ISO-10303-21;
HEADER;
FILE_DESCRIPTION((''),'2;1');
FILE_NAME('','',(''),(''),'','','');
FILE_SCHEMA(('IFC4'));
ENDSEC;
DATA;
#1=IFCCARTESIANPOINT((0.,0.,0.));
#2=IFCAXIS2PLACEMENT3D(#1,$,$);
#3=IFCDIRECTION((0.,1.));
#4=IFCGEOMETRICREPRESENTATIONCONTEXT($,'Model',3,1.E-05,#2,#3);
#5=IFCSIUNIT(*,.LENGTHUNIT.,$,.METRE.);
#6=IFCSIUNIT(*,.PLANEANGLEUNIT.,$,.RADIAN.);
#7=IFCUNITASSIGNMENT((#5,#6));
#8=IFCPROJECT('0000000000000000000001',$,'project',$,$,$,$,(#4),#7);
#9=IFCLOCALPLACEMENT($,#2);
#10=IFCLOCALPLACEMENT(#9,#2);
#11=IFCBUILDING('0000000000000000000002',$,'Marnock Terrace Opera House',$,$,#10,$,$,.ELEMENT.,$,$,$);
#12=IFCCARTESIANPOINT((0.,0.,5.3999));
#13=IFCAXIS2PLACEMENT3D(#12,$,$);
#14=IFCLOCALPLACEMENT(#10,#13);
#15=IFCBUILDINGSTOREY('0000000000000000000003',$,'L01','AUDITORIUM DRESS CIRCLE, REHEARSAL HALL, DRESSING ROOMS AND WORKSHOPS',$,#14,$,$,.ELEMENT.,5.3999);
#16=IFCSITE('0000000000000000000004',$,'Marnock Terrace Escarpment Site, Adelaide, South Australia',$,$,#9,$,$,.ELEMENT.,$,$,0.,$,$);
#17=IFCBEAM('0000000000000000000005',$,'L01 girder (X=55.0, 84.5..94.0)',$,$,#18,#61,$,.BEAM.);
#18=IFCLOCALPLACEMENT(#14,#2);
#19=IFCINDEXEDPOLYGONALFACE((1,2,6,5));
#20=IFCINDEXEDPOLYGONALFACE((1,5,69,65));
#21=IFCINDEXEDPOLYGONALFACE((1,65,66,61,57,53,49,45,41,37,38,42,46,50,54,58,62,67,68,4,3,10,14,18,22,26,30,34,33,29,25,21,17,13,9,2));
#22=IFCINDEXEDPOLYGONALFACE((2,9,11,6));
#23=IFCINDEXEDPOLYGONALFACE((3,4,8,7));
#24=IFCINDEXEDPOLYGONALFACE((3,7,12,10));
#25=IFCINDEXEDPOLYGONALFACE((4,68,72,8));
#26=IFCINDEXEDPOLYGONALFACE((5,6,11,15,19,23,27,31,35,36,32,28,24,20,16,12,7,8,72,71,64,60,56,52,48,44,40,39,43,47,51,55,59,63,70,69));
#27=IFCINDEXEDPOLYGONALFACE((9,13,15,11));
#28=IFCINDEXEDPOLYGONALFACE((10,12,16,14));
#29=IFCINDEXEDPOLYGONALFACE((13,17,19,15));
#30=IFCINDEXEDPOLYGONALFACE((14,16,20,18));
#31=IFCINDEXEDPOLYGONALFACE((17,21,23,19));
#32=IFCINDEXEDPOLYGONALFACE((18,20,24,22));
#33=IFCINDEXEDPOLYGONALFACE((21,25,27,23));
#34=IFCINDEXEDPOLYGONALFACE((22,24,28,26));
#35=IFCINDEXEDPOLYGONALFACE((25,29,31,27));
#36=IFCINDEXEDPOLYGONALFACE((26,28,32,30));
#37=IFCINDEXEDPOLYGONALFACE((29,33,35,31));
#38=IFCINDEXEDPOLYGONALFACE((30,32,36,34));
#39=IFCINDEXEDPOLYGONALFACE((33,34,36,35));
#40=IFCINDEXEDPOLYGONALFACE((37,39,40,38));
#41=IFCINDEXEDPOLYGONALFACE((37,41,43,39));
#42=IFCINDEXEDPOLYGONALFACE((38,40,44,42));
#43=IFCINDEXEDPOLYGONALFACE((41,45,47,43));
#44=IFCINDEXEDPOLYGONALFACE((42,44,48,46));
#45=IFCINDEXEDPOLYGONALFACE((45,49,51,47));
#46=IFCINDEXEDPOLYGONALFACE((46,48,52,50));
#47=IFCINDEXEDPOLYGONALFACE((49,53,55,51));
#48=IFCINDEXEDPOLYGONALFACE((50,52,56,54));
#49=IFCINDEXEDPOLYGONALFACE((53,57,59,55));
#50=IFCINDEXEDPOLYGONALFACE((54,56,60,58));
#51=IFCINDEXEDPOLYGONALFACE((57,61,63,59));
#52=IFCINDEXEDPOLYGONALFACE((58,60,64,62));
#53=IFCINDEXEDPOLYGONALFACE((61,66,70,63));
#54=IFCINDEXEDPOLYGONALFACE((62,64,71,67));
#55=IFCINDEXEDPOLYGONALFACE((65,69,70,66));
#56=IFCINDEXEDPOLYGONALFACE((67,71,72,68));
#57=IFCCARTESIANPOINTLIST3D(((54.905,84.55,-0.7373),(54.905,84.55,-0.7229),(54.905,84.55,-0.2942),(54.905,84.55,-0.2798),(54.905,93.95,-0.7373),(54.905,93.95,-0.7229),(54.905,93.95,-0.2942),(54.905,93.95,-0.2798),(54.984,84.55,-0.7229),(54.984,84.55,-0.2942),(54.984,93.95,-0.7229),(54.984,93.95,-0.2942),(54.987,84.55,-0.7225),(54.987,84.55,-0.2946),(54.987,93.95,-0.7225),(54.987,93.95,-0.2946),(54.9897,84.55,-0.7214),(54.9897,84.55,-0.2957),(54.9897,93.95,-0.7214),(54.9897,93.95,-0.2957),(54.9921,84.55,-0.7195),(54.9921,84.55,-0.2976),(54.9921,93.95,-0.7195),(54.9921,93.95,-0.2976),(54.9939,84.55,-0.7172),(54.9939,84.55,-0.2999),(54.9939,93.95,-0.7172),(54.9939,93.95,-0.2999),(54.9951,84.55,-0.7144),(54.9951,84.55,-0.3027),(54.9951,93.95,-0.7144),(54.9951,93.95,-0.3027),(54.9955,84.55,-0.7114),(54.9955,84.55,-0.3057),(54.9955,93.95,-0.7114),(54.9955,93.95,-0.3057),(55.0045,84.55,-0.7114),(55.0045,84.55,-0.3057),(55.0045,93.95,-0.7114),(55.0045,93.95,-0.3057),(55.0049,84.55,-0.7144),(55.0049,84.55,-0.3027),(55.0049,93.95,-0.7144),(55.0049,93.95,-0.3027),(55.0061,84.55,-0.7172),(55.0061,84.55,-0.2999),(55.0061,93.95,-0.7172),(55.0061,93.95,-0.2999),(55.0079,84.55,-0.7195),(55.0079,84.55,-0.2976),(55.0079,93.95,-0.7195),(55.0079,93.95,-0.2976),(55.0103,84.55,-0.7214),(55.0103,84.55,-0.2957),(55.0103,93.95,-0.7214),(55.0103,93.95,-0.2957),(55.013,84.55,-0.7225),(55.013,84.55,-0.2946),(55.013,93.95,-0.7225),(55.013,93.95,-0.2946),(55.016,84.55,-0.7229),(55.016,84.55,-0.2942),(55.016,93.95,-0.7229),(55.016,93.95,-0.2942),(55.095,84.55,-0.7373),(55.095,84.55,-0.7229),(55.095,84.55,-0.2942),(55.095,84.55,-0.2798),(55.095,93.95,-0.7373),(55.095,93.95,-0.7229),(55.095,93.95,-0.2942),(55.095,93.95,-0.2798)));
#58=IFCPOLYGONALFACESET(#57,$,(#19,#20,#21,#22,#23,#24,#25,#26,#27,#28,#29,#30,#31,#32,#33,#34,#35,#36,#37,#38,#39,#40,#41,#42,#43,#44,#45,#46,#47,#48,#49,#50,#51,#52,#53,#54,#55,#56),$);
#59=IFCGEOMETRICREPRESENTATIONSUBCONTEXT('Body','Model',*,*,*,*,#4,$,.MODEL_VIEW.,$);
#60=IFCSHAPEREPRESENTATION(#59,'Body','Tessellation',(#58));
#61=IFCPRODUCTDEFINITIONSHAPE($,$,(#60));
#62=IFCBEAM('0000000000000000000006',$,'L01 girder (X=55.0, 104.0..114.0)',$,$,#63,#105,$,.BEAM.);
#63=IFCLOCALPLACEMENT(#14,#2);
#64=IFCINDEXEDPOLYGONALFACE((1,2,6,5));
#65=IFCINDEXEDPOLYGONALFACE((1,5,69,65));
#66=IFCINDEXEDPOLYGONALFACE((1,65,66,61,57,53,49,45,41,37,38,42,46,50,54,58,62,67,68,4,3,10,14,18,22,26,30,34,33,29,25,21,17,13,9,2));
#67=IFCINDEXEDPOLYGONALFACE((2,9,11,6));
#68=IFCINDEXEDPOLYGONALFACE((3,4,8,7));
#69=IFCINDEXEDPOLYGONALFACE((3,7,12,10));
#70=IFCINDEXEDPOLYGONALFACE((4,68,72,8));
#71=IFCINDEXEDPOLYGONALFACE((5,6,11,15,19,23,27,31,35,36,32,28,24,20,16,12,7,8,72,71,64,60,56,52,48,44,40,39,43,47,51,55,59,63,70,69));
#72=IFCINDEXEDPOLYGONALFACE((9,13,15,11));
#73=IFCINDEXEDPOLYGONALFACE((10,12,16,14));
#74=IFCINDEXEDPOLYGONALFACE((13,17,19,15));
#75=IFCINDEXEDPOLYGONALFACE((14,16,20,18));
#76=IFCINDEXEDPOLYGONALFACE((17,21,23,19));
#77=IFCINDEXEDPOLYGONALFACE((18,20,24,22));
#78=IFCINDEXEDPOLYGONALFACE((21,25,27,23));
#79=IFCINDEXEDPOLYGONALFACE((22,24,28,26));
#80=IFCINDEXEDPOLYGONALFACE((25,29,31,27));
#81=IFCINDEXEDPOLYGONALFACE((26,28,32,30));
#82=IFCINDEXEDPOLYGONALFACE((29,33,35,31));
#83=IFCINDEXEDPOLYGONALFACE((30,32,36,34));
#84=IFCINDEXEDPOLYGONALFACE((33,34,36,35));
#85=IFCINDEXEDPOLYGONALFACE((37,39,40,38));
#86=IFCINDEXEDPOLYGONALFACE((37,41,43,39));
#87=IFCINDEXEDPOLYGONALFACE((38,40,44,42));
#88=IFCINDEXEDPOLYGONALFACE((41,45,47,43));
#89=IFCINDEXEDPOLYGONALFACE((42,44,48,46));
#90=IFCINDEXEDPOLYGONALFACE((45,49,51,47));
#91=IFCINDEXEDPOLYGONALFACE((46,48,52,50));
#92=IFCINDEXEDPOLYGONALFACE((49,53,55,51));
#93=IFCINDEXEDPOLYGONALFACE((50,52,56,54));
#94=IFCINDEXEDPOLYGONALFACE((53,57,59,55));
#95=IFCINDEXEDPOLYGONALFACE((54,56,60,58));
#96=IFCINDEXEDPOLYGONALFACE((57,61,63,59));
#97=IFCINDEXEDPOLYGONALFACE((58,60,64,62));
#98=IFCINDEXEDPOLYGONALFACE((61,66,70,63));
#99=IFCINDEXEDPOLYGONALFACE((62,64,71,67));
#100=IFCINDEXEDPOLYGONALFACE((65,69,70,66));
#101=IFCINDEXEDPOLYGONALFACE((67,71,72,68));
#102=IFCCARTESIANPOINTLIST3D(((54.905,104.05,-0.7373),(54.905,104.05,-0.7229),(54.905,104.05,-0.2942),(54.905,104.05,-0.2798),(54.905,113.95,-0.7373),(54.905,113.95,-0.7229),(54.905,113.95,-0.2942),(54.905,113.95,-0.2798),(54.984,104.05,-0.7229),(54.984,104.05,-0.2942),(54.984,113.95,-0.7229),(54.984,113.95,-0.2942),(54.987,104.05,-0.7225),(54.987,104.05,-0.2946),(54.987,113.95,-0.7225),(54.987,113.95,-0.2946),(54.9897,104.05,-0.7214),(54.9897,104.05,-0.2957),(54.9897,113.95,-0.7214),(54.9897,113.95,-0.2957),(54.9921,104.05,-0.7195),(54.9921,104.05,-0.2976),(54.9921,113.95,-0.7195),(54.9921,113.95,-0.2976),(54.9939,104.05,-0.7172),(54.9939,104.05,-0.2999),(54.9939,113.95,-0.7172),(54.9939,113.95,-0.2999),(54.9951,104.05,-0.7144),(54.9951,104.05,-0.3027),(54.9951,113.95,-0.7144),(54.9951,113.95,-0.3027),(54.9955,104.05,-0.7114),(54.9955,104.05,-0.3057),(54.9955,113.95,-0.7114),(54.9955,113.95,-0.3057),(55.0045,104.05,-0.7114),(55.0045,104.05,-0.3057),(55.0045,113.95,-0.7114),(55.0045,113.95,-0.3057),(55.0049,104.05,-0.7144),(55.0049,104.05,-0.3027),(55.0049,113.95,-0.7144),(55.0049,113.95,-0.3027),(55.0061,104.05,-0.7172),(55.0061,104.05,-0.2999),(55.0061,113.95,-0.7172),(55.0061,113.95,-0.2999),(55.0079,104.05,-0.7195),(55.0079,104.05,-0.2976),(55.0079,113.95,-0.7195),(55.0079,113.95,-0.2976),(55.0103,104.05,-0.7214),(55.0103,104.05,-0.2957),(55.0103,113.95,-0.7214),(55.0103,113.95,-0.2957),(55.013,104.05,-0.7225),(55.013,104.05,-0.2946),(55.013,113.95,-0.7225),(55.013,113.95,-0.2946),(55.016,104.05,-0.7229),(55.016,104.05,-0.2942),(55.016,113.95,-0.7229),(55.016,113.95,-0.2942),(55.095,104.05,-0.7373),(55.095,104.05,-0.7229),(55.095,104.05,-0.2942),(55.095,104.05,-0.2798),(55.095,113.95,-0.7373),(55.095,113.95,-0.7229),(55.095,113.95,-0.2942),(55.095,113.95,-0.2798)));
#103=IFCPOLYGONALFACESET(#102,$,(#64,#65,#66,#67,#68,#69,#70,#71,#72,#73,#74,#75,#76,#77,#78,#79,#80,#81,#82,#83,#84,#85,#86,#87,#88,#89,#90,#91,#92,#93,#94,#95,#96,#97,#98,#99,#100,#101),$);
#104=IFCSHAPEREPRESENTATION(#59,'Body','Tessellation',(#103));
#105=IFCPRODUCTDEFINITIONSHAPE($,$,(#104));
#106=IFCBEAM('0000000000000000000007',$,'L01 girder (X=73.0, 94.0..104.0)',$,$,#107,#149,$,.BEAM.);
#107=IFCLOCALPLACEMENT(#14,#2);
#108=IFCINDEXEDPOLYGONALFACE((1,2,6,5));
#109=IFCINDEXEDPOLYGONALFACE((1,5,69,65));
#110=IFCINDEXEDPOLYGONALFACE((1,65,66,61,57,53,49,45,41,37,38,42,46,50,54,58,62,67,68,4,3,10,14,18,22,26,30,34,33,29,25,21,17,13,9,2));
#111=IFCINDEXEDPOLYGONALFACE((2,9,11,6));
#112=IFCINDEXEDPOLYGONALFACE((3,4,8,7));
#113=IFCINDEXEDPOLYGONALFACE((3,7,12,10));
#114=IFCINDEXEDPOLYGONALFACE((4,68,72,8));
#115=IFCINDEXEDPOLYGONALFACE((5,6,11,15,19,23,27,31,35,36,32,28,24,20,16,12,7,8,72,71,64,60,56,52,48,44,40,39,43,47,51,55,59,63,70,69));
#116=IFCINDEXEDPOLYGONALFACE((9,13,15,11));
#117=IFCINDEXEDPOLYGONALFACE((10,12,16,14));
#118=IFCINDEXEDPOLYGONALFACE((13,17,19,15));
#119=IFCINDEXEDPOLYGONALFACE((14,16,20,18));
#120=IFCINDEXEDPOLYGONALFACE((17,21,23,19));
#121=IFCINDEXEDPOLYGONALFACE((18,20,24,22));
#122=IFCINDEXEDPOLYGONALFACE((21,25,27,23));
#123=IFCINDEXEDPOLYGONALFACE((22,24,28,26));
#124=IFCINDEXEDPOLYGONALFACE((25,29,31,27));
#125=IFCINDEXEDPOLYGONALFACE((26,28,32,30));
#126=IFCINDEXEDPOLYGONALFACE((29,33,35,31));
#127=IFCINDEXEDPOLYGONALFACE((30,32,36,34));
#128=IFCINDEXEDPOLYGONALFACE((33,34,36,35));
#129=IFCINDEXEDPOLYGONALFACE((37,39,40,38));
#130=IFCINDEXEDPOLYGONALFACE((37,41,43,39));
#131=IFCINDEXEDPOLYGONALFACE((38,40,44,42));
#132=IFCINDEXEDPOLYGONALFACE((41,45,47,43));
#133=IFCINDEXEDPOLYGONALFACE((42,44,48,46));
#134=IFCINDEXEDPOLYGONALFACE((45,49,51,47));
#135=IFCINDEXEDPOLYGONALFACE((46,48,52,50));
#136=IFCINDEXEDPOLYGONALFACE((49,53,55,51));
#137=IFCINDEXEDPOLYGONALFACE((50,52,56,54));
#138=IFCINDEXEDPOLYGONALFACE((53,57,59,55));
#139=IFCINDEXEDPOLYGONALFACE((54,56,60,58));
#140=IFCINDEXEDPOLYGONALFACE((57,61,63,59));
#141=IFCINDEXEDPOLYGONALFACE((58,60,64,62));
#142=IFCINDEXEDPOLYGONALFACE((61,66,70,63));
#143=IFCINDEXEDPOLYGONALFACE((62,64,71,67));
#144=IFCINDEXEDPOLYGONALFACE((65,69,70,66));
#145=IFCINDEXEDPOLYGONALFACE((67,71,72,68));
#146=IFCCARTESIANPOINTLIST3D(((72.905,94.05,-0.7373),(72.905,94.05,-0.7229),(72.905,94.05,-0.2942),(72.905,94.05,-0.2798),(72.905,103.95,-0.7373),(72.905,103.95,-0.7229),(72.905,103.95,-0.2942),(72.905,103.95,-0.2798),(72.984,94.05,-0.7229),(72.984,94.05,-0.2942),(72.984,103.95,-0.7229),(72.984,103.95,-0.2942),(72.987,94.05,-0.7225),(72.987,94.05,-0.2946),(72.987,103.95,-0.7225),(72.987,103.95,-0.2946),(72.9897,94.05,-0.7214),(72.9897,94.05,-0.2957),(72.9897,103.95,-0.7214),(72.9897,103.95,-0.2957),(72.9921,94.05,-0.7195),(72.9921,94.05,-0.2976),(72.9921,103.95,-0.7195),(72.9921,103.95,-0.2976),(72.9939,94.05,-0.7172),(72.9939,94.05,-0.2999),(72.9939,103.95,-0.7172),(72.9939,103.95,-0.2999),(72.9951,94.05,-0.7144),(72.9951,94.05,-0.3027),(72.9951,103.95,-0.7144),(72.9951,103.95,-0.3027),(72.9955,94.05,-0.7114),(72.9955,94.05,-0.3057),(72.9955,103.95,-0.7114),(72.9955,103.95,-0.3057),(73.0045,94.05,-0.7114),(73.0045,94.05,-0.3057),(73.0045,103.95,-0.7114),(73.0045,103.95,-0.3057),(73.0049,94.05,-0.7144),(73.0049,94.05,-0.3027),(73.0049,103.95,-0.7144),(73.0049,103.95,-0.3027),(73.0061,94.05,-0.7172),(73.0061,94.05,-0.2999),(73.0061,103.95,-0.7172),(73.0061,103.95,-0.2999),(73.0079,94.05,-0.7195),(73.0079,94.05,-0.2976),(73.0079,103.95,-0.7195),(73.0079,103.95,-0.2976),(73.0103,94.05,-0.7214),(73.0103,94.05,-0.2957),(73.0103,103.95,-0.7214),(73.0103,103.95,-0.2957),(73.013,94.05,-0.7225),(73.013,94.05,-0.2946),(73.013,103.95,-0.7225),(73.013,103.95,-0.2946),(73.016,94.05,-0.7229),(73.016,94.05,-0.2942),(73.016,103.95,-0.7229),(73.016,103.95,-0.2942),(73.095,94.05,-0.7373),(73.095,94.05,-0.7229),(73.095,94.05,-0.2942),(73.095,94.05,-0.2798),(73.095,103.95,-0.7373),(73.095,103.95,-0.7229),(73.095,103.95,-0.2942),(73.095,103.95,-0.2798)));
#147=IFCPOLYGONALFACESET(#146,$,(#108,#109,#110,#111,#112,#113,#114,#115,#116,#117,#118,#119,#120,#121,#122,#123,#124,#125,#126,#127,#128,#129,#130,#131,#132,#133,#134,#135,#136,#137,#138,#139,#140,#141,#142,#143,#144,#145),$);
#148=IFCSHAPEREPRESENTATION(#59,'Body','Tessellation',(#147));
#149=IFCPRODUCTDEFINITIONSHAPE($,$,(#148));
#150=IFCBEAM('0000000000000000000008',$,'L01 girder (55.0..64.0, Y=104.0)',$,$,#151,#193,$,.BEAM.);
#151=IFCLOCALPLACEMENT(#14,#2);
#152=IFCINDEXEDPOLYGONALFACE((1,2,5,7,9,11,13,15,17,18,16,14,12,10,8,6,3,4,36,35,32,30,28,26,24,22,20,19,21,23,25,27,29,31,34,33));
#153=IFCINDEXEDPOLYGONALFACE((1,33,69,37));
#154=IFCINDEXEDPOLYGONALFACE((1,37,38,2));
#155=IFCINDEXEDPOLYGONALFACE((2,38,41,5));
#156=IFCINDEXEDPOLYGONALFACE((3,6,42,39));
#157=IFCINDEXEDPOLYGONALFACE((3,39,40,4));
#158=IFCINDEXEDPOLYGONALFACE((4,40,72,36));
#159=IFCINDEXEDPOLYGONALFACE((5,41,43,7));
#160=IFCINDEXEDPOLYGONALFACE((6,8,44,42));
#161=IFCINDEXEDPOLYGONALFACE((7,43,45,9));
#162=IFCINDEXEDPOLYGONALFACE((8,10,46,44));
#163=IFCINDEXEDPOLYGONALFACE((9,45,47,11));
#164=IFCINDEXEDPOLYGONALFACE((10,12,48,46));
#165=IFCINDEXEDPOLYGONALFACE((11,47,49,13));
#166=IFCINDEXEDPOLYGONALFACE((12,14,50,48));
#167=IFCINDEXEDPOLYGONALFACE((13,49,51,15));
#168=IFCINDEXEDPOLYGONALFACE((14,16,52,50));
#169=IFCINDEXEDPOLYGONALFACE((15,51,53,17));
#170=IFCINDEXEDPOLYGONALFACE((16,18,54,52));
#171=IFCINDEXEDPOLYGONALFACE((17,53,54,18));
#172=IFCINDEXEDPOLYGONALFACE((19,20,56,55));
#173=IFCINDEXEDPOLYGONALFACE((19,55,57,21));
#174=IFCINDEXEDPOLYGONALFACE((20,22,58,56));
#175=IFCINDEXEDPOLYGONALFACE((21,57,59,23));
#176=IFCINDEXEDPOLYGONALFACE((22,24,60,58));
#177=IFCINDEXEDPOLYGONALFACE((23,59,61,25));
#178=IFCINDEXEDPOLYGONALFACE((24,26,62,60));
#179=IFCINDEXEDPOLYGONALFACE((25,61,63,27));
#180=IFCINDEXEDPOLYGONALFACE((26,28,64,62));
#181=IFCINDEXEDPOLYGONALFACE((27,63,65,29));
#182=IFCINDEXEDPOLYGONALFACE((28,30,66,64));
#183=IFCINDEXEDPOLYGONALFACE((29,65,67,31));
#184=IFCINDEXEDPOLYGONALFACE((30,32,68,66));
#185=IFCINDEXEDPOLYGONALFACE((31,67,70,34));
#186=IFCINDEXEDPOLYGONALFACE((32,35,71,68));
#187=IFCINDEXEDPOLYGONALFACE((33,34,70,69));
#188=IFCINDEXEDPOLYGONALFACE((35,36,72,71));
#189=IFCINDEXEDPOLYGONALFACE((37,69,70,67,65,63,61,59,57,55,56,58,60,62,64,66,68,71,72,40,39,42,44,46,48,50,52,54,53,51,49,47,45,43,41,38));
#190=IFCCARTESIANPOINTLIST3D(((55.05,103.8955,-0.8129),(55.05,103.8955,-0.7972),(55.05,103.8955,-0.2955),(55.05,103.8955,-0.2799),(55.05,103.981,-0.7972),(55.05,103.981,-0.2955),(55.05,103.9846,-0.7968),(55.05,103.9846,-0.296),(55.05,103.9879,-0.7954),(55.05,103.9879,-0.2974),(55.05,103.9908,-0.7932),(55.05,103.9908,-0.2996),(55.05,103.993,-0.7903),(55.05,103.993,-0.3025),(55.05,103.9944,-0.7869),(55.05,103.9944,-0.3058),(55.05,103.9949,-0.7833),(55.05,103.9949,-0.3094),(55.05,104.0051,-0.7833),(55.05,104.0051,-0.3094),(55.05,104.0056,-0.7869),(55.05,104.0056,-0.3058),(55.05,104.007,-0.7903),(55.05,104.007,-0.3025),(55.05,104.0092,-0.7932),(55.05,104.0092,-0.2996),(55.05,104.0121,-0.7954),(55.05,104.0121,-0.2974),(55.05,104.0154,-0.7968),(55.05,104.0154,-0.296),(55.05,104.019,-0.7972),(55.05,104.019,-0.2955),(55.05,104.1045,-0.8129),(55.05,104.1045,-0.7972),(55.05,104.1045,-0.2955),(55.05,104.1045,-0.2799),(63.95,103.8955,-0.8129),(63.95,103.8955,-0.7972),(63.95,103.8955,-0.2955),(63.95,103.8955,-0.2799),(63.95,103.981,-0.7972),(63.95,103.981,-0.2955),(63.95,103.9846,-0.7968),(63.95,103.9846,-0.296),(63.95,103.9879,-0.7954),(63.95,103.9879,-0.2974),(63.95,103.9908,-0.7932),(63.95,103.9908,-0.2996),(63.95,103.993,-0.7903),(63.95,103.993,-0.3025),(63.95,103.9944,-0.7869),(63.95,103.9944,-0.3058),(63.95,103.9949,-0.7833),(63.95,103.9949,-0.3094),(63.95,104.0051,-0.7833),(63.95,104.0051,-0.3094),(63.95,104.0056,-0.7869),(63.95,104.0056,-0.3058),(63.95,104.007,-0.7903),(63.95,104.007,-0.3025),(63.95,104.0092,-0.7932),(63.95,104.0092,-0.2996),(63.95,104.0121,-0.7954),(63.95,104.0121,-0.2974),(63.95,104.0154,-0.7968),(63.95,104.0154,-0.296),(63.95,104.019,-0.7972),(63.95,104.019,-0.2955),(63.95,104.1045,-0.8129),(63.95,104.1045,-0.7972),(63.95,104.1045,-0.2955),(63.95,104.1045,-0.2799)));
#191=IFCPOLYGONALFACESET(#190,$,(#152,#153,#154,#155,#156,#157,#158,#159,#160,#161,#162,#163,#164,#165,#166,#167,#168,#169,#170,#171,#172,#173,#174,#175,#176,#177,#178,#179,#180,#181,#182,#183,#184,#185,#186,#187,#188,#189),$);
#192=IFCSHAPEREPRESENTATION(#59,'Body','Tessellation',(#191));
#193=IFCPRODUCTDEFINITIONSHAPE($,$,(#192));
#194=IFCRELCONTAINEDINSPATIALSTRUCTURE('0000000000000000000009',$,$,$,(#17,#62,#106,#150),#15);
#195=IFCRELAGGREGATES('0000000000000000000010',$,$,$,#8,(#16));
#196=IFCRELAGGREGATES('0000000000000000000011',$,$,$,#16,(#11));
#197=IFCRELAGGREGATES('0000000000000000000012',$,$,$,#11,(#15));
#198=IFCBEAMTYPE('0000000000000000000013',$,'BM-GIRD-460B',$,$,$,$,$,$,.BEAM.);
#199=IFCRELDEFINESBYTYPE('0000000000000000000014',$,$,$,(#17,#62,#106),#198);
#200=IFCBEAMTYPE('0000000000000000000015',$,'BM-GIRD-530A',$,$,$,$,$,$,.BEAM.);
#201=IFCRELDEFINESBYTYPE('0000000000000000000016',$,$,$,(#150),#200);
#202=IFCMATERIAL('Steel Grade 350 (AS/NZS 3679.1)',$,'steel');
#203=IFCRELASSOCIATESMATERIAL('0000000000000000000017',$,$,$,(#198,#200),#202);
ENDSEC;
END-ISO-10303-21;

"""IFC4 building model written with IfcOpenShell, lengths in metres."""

from ifc_helpers import new_model, si_unit, direction, frame, origin, origin_2d, place, context, subcontext, project, spatial, i_section, extrude, material, material_profile, profile_set, type_object, element, save


model = new_model("IFC4")

# Units and contexts
model_context = context("Model", 3, precision=1e-05, world=origin(), true_north=direction((0.0, 1.0)))
body_context = subcontext(model_context, "Body", "Model", "MODEL_VIEW")
ifc_project = project(units=[si_unit("LENGTHUNIT", "METRE"), si_unit("PLANEANGLEUNIT", "RADIAN")], contexts=[model_context])

# Site, building, storey
site_placement = place(None, origin())
site = spatial("IfcSite", under=ifc_project, at=site_placement, Name="Marnock Terrace Escarpment Site, Adelaide, South Australia", CompositionType="ELEMENT", RefElevation=0.0)
building_placement = place(site_placement, origin())
building = spatial("IfcBuilding", under=site, at=building_placement, Name="Marnock Terrace Opera House", CompositionType="ELEMENT")
storey_placement = place(building_placement, frame((0.0, 0.0, 5.3999)))
storey = spatial("IfcBuildingStorey", under=building, at=storey_placement, Name="L01", Description="AUDITORIUM DRESS CIRCLE, REHEARSAL HALL, DRESSING ROOMS AND WORKSHOPS", CompositionType="ELEMENT", Elevation=5.3999)

# Beams
ifc_material_1 = material(Name="Steel Grade 350 (AS/NZS 3679.1)", Category="steel")
ifc_material_profile_1 = material_profile(ifc_material_1, i_section(OverallWidth=0.1899, OverallDepth=0.4575, WebThickness=0.009, FlangeThickness=0.0144, FilletRadius=0.0115, at=origin_2d()))
ifc_profile_set_1 = profile_set([ifc_material_profile_1], Name="Steel Grade 350 (AS/NZS 3679.1)")
beam_type_1 = type_object("IfcBeamType", Name="BM-GIRD-460B", PredefinedType="BEAM", material=ifc_profile_set_1)
beam_1_placement = place(storey_placement, frame((55.0, 84.55, -0.5085), z_axis=(0.0, 1.0, 0.0), x_axis=(-1.0, 0.0, 0.0)))
element("IfcBeam", 1, at=beam_1_placement, inside=storey, type_object=beam_type_1, Name="L01 girder (X=55.0, 84.5..94.0)", PredefinedType="BEAM", context=body_context, shape_type="SweptSolid", body=[
    extrude(i_section(OverallWidth=0.1899, OverallDepth=0.4575, WebThickness=0.009, FlangeThickness=0.0144, FilletRadius=0.0115, at=origin_2d()), origin(), (0.0, 0.0, 1.0), 9.3999),
])
for number, where, z_axis, x_axis, name in (
    (2, (55.0, 104.05, -0.5085), (0.0, 1.0, 0.0), (-1.0, 0.0, 0.0), "L01 girder (X=55.0, 104.0..114.0)"),
    (3, (73.0, 94.05, -0.5085), (0.0, 1.0, 0.0), (-1.0, 0.0, 0.0), "L01 girder (X=73.0, 94.0..104.0)"),
):
    element("IfcBeam", number, at=place(storey_placement, frame(where, z_axis=z_axis, x_axis=x_axis)), inside=storey, type_object=beam_type_1, Name=name, PredefinedType="BEAM", context=body_context, shape_type="SweptSolid", body=[
        extrude(i_section(OverallWidth=0.1899, OverallDepth=0.4575, WebThickness=0.009, FlangeThickness=0.0144, FilletRadius=0.0115, at=origin_2d()), origin(), (0.0, 0.0, 1.0), 9.8999),
    ])
ifc_material_profile_2 = material_profile(ifc_material_1, i_section(OverallWidth=0.209, OverallDepth=0.533, WebThickness=0.0103, FlangeThickness=0.0156, FilletRadius=0.0139, at=origin_2d()))
ifc_profile_set_2 = profile_set([ifc_material_profile_2], Name="Steel Grade 350 (AS/NZS 3679.1)")
beam_type_2 = type_object("IfcBeamType", Name="BM-GIRD-530A", PredefinedType="BEAM", material=ifc_profile_set_2)
beam_2_placement = place(storey_placement, frame((55.05, 104.0, -0.5464), z_axis=(1.0, 0.0, 0.0), x_axis=(0.0, 1.0, 0.0)))
element("IfcBeam", 4, at=beam_2_placement, inside=storey, type_object=beam_type_2, Name="L01 girder (55.0..64.0, Y=104.0)", PredefinedType="BEAM", context=body_context, shape_type="SweptSolid", body=[
    extrude(i_section(OverallWidth=0.209, OverallDepth=0.533, WebThickness=0.0103, FlangeThickness=0.0156, FilletRadius=0.0139, at=origin_2d()), origin(), (0.0, 0.0, 1.0), 8.8999),
])

save(model, "model.ifc")
